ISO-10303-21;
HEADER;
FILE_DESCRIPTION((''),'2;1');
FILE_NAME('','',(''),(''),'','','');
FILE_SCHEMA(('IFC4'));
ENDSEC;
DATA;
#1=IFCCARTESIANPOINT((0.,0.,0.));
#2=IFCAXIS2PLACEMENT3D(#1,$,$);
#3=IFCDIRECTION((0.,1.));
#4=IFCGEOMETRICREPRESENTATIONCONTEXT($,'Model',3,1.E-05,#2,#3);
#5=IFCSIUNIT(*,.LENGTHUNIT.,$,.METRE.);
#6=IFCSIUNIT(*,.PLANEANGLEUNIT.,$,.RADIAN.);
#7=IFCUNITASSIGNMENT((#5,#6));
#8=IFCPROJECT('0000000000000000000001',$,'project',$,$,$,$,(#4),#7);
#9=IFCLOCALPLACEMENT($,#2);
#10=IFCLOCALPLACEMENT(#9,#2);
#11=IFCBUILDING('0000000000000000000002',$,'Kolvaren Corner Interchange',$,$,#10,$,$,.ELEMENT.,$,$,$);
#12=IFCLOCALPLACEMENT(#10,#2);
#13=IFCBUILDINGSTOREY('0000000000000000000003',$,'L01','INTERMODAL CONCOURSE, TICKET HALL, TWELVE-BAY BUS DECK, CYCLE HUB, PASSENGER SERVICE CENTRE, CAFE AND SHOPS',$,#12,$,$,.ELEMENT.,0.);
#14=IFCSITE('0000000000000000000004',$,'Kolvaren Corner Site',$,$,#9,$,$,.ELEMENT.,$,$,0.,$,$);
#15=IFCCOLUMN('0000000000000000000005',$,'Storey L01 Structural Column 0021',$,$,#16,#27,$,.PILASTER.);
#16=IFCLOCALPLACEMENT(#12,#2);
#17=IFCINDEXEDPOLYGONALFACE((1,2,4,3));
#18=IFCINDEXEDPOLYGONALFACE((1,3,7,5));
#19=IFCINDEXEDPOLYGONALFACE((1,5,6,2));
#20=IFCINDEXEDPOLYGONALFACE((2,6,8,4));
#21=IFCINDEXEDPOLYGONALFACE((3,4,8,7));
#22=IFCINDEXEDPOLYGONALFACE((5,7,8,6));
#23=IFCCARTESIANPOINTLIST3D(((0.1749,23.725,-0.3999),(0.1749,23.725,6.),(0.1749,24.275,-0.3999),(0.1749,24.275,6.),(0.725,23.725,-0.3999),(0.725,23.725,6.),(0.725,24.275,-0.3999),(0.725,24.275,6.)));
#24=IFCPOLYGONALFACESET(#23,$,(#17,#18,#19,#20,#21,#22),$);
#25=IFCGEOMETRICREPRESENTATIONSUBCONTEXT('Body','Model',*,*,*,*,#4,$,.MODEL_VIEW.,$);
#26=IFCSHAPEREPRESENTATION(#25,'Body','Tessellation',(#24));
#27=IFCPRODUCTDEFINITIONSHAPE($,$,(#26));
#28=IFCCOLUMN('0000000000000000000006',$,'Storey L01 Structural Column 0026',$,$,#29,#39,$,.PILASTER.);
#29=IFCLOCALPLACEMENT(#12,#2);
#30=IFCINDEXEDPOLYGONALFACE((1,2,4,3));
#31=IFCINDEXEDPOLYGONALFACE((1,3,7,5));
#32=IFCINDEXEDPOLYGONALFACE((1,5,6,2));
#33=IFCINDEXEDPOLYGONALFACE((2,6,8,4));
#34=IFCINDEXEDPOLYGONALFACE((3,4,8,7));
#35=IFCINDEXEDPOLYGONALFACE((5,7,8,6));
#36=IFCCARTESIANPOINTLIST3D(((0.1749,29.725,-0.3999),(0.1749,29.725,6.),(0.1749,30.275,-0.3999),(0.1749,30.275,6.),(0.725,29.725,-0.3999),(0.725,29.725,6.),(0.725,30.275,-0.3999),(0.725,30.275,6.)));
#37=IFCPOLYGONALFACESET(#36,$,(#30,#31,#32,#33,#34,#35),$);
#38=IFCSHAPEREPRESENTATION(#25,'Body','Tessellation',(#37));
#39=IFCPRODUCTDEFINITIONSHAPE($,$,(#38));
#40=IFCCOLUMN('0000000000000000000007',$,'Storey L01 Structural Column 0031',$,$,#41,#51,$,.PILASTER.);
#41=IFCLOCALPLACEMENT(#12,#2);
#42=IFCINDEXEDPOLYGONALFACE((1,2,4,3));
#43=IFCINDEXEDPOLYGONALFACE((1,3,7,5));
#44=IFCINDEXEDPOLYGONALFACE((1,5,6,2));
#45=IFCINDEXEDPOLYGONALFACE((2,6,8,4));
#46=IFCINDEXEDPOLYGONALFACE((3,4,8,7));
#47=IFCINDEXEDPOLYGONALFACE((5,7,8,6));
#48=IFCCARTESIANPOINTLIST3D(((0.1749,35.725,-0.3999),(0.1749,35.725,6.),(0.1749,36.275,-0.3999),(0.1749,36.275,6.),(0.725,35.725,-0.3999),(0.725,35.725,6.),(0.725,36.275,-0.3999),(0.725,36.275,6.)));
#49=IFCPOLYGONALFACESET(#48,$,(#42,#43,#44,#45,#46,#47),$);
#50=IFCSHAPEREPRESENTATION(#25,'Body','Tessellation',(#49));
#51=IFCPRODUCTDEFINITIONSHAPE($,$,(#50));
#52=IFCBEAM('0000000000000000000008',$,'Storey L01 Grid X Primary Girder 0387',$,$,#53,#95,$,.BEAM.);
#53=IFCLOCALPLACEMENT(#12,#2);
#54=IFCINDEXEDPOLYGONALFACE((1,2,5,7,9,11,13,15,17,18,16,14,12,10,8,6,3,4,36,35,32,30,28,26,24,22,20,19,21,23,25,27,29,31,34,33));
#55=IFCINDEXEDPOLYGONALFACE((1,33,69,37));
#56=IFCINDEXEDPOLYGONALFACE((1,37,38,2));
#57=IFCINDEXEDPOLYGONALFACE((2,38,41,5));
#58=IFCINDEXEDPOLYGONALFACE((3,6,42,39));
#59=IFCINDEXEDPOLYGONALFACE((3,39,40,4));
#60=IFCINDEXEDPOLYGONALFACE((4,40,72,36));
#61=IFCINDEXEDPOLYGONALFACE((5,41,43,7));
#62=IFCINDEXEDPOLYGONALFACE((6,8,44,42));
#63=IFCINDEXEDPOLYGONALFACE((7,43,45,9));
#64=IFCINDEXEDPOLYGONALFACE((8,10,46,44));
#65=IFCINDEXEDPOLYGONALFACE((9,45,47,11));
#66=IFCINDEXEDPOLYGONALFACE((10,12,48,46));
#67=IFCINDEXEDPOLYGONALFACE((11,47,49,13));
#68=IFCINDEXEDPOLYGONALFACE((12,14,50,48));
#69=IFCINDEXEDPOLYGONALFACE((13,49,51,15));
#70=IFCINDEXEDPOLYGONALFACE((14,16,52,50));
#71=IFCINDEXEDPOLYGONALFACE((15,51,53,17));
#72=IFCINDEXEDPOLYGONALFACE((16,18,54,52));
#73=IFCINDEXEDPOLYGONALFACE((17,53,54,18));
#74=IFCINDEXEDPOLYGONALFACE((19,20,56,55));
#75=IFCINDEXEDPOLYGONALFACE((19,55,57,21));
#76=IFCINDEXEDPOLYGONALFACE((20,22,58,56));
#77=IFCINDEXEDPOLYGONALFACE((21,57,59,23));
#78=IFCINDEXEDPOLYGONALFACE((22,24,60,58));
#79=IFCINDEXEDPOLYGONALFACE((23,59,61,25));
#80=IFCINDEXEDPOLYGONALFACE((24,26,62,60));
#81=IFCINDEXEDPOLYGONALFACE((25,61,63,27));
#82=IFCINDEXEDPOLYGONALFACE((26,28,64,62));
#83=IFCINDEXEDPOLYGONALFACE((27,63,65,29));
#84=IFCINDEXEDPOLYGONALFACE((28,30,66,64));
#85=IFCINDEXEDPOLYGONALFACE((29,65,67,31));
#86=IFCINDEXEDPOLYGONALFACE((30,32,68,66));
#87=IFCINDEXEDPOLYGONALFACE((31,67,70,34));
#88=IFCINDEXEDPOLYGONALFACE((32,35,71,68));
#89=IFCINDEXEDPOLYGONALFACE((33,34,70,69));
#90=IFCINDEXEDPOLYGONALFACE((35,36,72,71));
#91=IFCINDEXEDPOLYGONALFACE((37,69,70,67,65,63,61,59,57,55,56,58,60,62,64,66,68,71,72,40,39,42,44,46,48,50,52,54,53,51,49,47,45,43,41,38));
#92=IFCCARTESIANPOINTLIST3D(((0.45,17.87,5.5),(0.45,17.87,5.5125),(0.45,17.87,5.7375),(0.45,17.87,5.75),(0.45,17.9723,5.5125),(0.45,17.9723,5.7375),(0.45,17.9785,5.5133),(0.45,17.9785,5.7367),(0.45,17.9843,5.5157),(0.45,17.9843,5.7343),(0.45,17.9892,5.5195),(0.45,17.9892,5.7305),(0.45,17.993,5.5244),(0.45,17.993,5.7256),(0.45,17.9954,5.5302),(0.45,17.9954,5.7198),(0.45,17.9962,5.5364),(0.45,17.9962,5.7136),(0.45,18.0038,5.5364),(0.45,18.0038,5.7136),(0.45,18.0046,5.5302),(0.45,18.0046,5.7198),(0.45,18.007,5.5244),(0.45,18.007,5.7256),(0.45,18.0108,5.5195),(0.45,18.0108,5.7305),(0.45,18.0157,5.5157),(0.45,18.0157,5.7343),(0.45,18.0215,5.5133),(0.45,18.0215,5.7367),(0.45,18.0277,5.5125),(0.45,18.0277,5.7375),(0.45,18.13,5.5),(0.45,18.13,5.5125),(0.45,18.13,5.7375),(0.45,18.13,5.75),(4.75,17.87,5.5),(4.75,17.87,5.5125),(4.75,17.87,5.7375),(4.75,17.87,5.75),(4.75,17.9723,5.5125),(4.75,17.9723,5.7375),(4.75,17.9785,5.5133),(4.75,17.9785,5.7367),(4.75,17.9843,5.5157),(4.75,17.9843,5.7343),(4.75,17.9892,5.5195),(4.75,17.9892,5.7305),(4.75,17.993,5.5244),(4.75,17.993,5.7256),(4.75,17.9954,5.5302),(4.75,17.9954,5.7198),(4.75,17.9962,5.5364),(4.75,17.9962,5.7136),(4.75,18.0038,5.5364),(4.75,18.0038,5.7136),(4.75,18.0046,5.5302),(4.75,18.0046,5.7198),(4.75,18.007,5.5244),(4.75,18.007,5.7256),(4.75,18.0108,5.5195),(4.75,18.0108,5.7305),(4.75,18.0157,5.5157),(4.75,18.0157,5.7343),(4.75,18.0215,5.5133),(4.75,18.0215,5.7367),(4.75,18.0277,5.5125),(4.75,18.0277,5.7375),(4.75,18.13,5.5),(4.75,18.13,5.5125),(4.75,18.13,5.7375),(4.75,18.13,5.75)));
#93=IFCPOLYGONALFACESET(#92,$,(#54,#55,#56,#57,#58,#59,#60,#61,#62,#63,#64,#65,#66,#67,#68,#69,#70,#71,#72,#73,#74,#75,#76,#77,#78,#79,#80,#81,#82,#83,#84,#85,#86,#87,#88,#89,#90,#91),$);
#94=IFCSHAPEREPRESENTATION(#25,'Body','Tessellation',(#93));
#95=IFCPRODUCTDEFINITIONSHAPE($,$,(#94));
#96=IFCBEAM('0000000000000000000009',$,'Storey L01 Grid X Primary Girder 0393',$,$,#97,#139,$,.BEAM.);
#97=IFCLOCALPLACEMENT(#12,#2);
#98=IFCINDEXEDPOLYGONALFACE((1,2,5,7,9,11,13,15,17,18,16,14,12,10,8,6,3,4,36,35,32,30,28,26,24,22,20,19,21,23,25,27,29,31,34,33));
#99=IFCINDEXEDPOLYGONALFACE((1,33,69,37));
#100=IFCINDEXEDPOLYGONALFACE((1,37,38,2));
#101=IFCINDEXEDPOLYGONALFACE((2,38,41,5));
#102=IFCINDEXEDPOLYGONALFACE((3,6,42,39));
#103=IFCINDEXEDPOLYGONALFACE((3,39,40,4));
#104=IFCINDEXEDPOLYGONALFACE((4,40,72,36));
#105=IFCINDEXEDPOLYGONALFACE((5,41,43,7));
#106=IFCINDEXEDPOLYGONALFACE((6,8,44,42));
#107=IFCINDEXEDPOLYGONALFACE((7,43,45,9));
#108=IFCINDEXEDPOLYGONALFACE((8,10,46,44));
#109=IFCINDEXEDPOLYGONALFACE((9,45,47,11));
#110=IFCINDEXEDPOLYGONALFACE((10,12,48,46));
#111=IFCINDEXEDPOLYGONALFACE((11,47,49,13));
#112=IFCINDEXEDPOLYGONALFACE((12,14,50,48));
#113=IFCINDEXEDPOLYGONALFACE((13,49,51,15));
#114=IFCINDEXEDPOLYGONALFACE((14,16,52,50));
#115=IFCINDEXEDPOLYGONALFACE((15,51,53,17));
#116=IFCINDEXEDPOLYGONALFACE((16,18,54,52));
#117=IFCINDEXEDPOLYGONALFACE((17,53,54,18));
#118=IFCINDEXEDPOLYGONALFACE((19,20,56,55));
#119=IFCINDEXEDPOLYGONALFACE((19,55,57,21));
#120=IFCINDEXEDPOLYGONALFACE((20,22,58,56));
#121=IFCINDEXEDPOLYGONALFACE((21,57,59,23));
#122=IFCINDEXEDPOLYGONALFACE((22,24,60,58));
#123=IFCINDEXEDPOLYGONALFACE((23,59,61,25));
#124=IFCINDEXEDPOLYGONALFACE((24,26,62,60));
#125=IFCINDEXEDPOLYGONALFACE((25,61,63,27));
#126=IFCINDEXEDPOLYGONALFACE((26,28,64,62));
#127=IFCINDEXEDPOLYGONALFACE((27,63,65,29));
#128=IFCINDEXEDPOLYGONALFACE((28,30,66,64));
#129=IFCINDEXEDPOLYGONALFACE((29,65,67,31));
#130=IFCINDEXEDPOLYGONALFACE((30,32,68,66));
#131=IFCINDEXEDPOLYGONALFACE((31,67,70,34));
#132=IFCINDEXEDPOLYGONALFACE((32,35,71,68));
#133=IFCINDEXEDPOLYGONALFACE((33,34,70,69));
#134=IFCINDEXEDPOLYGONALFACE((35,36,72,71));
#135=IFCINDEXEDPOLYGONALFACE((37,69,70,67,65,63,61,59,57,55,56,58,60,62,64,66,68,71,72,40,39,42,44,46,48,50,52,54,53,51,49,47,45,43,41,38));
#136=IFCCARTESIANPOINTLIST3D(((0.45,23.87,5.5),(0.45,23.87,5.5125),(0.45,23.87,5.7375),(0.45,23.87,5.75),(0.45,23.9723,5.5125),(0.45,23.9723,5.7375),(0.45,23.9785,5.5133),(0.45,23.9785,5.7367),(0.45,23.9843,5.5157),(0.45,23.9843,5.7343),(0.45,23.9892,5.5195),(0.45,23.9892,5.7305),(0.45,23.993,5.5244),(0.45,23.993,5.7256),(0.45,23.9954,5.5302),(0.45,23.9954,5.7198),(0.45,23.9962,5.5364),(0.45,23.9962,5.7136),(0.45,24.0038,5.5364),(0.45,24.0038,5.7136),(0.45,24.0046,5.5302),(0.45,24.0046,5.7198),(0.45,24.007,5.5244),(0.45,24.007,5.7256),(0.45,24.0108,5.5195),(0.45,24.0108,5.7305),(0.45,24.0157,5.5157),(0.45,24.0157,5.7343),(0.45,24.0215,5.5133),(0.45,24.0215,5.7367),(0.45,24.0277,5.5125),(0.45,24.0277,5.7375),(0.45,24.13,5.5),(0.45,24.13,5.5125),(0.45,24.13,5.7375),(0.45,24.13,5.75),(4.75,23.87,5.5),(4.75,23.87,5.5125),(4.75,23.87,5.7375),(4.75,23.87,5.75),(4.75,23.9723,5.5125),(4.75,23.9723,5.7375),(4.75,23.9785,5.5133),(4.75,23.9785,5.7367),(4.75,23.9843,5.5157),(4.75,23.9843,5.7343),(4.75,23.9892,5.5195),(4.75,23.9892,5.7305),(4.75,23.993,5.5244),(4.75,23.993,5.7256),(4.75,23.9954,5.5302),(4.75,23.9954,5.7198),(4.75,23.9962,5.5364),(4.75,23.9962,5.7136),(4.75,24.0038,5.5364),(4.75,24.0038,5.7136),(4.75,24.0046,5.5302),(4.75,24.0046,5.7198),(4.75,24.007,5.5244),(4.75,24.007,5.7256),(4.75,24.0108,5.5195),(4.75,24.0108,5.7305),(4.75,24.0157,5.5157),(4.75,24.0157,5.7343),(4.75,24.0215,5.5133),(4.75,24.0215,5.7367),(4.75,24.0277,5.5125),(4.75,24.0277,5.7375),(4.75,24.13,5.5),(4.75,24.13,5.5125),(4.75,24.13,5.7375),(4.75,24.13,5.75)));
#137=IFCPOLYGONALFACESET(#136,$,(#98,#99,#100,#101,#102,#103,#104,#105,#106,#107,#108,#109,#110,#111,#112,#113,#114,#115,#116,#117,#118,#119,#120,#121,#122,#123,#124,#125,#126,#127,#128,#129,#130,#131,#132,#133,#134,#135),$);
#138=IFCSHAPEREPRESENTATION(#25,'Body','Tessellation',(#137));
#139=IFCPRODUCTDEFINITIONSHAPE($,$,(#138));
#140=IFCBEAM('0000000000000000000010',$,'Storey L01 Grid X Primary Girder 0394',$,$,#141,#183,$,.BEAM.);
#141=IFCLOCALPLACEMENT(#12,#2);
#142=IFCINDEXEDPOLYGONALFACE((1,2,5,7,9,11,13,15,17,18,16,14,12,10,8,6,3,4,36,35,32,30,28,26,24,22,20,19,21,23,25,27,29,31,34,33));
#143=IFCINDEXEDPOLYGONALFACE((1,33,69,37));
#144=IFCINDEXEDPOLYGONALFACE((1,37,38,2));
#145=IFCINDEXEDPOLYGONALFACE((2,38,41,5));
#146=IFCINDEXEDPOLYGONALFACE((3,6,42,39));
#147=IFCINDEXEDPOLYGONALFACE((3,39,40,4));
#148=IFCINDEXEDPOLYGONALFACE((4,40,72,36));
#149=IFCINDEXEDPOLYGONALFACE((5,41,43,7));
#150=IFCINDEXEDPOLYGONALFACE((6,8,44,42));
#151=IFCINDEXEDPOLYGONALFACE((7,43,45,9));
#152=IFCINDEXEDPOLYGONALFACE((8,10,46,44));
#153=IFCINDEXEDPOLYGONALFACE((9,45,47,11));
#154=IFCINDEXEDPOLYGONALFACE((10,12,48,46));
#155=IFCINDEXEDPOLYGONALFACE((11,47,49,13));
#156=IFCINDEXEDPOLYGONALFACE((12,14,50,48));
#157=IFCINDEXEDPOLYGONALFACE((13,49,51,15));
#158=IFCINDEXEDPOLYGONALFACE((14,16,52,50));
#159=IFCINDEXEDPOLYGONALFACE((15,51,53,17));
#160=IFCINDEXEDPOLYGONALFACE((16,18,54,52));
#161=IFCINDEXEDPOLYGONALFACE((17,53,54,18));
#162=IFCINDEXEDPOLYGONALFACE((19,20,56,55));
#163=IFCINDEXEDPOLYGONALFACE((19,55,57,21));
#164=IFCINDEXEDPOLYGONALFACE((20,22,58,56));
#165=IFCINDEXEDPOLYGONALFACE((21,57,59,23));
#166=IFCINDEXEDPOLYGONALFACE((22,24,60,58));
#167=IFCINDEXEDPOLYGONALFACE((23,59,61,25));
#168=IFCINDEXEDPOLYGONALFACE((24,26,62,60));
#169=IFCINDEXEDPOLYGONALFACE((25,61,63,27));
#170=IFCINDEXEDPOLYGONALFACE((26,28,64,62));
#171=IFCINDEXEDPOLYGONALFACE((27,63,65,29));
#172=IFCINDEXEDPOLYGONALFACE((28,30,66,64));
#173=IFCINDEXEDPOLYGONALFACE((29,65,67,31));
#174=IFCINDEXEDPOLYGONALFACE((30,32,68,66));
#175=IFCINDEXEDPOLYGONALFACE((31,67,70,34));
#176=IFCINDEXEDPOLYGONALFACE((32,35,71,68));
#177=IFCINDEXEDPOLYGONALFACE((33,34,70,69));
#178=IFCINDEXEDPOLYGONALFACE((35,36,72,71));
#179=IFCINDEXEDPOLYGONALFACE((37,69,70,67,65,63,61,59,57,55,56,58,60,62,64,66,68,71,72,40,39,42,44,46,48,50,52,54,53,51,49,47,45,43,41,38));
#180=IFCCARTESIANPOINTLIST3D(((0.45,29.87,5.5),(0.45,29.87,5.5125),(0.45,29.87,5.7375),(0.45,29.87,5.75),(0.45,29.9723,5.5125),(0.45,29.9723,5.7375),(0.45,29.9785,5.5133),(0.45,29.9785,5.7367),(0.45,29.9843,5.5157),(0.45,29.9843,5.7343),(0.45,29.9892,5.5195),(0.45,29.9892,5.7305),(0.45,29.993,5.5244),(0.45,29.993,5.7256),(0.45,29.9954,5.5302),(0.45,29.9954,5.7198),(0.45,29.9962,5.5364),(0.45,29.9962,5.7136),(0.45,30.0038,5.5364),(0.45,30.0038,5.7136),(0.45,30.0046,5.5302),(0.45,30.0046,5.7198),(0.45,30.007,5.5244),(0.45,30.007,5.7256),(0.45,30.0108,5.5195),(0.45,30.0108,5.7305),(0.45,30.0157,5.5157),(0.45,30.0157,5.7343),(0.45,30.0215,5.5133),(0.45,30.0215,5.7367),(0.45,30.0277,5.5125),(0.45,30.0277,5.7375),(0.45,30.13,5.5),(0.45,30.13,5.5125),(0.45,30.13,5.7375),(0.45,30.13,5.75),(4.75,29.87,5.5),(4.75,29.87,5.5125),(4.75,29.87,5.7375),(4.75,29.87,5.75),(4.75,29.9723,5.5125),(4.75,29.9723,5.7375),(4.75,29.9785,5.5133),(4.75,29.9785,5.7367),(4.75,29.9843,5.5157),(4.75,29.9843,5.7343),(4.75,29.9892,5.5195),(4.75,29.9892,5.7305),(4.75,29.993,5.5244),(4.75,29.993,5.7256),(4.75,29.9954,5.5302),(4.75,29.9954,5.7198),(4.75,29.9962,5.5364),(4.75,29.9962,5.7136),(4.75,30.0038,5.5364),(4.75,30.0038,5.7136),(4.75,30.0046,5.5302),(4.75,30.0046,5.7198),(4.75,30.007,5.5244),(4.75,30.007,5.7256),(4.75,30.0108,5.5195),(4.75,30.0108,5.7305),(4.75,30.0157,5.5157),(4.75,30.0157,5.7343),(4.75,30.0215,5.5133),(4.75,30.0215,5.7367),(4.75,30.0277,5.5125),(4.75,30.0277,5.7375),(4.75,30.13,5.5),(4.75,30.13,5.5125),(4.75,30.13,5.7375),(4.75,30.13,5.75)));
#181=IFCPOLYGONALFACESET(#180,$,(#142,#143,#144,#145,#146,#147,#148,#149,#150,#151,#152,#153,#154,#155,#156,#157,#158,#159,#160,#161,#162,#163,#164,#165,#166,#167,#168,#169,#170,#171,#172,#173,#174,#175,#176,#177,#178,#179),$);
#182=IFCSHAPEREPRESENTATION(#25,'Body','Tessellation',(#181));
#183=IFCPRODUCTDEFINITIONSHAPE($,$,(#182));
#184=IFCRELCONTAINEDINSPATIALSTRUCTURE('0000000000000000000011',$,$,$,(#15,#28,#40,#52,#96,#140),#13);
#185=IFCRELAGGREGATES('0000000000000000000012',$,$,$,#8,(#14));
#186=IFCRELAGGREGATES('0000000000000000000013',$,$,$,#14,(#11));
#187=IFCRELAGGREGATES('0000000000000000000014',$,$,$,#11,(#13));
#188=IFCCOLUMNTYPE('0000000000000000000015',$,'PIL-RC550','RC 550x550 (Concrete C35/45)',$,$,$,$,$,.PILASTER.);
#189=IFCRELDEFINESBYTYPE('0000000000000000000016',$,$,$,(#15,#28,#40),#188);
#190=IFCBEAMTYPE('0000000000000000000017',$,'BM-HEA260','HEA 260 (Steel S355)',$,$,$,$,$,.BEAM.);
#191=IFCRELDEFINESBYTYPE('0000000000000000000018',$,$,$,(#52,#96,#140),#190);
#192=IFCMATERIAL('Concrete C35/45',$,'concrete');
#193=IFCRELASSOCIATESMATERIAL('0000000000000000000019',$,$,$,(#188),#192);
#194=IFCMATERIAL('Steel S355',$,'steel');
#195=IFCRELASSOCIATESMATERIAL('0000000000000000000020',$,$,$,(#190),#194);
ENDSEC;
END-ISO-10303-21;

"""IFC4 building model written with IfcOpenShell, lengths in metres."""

from ifc_helpers import new_model, si_unit, direction, frame, origin, origin_2d, place, context, subcontext, project, spatial, rectangle, i_section, extrude, material, material_profile, profile_set, type_object, element, save


model = new_model("IFC4")

# Units and contexts
model_context = context("Model", 3, precision=1e-05, world=origin(), true_north=direction((0.0, 1.0)))
body_context = subcontext(model_context, "Body", "Model", "MODEL_VIEW")
ifc_project = project(units=[si_unit("LENGTHUNIT", "METRE"), si_unit("PLANEANGLEUNIT", "RADIAN")], contexts=[model_context])

# Site, building, storey
site_placement = place(None, origin())
site = spatial("IfcSite", under=ifc_project, at=site_placement, Name="Kolvaren Corner Site", CompositionType="ELEMENT", RefElevation=0.0)
building_placement = place(site_placement, origin())
building = spatial("IfcBuilding", under=site, at=building_placement, Name="Kolvaren Corner Interchange", CompositionType="ELEMENT")
storey_placement = place(building_placement, origin())
storey = spatial("IfcBuildingStorey", under=building, at=storey_placement, Name="L01", Description="INTERMODAL CONCOURSE, TICKET HALL, TWELVE-BAY BUS DECK, CYCLE HUB, PASSENGER SERVICE CENTRE, CAFE AND SHOPS", CompositionType="ELEMENT", Elevation=0.0)

# Columns
ifc_material_1 = material(Name="Concrete C35/45", Category="concrete")
ifc_material_profile_1 = material_profile(ifc_material_1, rectangle(XDim=0.55, YDim=0.55, at=origin_2d()), Name="RC 550x550")
ifc_profile_set_1 = profile_set([ifc_material_profile_1], Name="Concrete C35/45")
column_type = type_object("IfcColumnType", Name="PIL-RC550", Description="RC 550x550 (Concrete C35/45)", PredefinedType="PILASTER", material=ifc_profile_set_1)
for number, where, z_axis, x_axis, name in (
    (1, (0.45, 24.0, -0.3999), (0.0, 0.0, 1.0), (1.0, 0.0, 0.0), "Storey L01 Structural Column 0021"),
    (2, (0.45, 30.0, -0.3999), (0.0, 0.0, 1.0), (1.0, 0.0, 0.0), "Storey L01 Structural Column 0026"),
    (3, (0.45, 36.0, -0.3999), (0.0, 0.0, 1.0), (1.0, 0.0, 0.0), "Storey L01 Structural Column 0031"),
):
    element("IfcColumn", number, at=place(storey_placement, frame(where, z_axis=z_axis, x_axis=x_axis)), inside=storey, type_object=column_type, Name=name, PredefinedType="PILASTER", context=body_context, shape_type="SweptSolid", body=[
        extrude(rectangle(XDim=0.55, YDim=0.55, at=origin_2d()), origin(), (0.0, 0.0, 1.0), 6.3999),
    ])

# Beams
ifc_material_2 = material(Name="Steel S355", Category="steel")
ifc_material_profile_2 = material_profile(ifc_material_2, i_section(OverallWidth=0.26, OverallDepth=0.25, WebThickness=0.0076, FlangeThickness=0.0125, FilletRadius=0.0239, at=origin_2d()), Name="HEA 260")
ifc_profile_set_2 = profile_set([ifc_material_profile_2], Name="Steel S355")
beam_type_1 = type_object("IfcBeamType", Name="BM-HEA260", Description="HEA 260 (Steel S355)", PredefinedType="BEAM", material=ifc_profile_set_2)
for number, where, z_axis, x_axis, name in (
    (4, (0.45, 18.0, 5.625), (1.0, 0.0, 0.0), (0.0, 1.0, 0.0), "Storey L01 Grid X Primary Girder 0387"),
    (5, (0.45, 24.0, 5.625), (1.0, 0.0, 0.0), (0.0, 1.0, 0.0), "Storey L01 Grid X Primary Girder 0393"),
    (6, (0.45, 30.0, 5.625), (1.0, 0.0, 0.0), (0.0, 1.0, 0.0), "Storey L01 Grid X Primary Girder 0394"),
):
    element("IfcBeam", number, at=place(storey_placement, frame(where, z_axis=z_axis, x_axis=x_axis)), inside=storey, type_object=beam_type_1, Name=name, PredefinedType="BEAM", context=body_context, shape_type="SweptSolid", body=[
        extrude(i_section(OverallWidth=0.26, OverallDepth=0.25, WebThickness=0.0076, FlangeThickness=0.0125, FilletRadius=0.0239, at=origin_2d()), origin(), (0.0, 0.0, 1.0), 4.3),
    ])

save(model, "model.ifc")
